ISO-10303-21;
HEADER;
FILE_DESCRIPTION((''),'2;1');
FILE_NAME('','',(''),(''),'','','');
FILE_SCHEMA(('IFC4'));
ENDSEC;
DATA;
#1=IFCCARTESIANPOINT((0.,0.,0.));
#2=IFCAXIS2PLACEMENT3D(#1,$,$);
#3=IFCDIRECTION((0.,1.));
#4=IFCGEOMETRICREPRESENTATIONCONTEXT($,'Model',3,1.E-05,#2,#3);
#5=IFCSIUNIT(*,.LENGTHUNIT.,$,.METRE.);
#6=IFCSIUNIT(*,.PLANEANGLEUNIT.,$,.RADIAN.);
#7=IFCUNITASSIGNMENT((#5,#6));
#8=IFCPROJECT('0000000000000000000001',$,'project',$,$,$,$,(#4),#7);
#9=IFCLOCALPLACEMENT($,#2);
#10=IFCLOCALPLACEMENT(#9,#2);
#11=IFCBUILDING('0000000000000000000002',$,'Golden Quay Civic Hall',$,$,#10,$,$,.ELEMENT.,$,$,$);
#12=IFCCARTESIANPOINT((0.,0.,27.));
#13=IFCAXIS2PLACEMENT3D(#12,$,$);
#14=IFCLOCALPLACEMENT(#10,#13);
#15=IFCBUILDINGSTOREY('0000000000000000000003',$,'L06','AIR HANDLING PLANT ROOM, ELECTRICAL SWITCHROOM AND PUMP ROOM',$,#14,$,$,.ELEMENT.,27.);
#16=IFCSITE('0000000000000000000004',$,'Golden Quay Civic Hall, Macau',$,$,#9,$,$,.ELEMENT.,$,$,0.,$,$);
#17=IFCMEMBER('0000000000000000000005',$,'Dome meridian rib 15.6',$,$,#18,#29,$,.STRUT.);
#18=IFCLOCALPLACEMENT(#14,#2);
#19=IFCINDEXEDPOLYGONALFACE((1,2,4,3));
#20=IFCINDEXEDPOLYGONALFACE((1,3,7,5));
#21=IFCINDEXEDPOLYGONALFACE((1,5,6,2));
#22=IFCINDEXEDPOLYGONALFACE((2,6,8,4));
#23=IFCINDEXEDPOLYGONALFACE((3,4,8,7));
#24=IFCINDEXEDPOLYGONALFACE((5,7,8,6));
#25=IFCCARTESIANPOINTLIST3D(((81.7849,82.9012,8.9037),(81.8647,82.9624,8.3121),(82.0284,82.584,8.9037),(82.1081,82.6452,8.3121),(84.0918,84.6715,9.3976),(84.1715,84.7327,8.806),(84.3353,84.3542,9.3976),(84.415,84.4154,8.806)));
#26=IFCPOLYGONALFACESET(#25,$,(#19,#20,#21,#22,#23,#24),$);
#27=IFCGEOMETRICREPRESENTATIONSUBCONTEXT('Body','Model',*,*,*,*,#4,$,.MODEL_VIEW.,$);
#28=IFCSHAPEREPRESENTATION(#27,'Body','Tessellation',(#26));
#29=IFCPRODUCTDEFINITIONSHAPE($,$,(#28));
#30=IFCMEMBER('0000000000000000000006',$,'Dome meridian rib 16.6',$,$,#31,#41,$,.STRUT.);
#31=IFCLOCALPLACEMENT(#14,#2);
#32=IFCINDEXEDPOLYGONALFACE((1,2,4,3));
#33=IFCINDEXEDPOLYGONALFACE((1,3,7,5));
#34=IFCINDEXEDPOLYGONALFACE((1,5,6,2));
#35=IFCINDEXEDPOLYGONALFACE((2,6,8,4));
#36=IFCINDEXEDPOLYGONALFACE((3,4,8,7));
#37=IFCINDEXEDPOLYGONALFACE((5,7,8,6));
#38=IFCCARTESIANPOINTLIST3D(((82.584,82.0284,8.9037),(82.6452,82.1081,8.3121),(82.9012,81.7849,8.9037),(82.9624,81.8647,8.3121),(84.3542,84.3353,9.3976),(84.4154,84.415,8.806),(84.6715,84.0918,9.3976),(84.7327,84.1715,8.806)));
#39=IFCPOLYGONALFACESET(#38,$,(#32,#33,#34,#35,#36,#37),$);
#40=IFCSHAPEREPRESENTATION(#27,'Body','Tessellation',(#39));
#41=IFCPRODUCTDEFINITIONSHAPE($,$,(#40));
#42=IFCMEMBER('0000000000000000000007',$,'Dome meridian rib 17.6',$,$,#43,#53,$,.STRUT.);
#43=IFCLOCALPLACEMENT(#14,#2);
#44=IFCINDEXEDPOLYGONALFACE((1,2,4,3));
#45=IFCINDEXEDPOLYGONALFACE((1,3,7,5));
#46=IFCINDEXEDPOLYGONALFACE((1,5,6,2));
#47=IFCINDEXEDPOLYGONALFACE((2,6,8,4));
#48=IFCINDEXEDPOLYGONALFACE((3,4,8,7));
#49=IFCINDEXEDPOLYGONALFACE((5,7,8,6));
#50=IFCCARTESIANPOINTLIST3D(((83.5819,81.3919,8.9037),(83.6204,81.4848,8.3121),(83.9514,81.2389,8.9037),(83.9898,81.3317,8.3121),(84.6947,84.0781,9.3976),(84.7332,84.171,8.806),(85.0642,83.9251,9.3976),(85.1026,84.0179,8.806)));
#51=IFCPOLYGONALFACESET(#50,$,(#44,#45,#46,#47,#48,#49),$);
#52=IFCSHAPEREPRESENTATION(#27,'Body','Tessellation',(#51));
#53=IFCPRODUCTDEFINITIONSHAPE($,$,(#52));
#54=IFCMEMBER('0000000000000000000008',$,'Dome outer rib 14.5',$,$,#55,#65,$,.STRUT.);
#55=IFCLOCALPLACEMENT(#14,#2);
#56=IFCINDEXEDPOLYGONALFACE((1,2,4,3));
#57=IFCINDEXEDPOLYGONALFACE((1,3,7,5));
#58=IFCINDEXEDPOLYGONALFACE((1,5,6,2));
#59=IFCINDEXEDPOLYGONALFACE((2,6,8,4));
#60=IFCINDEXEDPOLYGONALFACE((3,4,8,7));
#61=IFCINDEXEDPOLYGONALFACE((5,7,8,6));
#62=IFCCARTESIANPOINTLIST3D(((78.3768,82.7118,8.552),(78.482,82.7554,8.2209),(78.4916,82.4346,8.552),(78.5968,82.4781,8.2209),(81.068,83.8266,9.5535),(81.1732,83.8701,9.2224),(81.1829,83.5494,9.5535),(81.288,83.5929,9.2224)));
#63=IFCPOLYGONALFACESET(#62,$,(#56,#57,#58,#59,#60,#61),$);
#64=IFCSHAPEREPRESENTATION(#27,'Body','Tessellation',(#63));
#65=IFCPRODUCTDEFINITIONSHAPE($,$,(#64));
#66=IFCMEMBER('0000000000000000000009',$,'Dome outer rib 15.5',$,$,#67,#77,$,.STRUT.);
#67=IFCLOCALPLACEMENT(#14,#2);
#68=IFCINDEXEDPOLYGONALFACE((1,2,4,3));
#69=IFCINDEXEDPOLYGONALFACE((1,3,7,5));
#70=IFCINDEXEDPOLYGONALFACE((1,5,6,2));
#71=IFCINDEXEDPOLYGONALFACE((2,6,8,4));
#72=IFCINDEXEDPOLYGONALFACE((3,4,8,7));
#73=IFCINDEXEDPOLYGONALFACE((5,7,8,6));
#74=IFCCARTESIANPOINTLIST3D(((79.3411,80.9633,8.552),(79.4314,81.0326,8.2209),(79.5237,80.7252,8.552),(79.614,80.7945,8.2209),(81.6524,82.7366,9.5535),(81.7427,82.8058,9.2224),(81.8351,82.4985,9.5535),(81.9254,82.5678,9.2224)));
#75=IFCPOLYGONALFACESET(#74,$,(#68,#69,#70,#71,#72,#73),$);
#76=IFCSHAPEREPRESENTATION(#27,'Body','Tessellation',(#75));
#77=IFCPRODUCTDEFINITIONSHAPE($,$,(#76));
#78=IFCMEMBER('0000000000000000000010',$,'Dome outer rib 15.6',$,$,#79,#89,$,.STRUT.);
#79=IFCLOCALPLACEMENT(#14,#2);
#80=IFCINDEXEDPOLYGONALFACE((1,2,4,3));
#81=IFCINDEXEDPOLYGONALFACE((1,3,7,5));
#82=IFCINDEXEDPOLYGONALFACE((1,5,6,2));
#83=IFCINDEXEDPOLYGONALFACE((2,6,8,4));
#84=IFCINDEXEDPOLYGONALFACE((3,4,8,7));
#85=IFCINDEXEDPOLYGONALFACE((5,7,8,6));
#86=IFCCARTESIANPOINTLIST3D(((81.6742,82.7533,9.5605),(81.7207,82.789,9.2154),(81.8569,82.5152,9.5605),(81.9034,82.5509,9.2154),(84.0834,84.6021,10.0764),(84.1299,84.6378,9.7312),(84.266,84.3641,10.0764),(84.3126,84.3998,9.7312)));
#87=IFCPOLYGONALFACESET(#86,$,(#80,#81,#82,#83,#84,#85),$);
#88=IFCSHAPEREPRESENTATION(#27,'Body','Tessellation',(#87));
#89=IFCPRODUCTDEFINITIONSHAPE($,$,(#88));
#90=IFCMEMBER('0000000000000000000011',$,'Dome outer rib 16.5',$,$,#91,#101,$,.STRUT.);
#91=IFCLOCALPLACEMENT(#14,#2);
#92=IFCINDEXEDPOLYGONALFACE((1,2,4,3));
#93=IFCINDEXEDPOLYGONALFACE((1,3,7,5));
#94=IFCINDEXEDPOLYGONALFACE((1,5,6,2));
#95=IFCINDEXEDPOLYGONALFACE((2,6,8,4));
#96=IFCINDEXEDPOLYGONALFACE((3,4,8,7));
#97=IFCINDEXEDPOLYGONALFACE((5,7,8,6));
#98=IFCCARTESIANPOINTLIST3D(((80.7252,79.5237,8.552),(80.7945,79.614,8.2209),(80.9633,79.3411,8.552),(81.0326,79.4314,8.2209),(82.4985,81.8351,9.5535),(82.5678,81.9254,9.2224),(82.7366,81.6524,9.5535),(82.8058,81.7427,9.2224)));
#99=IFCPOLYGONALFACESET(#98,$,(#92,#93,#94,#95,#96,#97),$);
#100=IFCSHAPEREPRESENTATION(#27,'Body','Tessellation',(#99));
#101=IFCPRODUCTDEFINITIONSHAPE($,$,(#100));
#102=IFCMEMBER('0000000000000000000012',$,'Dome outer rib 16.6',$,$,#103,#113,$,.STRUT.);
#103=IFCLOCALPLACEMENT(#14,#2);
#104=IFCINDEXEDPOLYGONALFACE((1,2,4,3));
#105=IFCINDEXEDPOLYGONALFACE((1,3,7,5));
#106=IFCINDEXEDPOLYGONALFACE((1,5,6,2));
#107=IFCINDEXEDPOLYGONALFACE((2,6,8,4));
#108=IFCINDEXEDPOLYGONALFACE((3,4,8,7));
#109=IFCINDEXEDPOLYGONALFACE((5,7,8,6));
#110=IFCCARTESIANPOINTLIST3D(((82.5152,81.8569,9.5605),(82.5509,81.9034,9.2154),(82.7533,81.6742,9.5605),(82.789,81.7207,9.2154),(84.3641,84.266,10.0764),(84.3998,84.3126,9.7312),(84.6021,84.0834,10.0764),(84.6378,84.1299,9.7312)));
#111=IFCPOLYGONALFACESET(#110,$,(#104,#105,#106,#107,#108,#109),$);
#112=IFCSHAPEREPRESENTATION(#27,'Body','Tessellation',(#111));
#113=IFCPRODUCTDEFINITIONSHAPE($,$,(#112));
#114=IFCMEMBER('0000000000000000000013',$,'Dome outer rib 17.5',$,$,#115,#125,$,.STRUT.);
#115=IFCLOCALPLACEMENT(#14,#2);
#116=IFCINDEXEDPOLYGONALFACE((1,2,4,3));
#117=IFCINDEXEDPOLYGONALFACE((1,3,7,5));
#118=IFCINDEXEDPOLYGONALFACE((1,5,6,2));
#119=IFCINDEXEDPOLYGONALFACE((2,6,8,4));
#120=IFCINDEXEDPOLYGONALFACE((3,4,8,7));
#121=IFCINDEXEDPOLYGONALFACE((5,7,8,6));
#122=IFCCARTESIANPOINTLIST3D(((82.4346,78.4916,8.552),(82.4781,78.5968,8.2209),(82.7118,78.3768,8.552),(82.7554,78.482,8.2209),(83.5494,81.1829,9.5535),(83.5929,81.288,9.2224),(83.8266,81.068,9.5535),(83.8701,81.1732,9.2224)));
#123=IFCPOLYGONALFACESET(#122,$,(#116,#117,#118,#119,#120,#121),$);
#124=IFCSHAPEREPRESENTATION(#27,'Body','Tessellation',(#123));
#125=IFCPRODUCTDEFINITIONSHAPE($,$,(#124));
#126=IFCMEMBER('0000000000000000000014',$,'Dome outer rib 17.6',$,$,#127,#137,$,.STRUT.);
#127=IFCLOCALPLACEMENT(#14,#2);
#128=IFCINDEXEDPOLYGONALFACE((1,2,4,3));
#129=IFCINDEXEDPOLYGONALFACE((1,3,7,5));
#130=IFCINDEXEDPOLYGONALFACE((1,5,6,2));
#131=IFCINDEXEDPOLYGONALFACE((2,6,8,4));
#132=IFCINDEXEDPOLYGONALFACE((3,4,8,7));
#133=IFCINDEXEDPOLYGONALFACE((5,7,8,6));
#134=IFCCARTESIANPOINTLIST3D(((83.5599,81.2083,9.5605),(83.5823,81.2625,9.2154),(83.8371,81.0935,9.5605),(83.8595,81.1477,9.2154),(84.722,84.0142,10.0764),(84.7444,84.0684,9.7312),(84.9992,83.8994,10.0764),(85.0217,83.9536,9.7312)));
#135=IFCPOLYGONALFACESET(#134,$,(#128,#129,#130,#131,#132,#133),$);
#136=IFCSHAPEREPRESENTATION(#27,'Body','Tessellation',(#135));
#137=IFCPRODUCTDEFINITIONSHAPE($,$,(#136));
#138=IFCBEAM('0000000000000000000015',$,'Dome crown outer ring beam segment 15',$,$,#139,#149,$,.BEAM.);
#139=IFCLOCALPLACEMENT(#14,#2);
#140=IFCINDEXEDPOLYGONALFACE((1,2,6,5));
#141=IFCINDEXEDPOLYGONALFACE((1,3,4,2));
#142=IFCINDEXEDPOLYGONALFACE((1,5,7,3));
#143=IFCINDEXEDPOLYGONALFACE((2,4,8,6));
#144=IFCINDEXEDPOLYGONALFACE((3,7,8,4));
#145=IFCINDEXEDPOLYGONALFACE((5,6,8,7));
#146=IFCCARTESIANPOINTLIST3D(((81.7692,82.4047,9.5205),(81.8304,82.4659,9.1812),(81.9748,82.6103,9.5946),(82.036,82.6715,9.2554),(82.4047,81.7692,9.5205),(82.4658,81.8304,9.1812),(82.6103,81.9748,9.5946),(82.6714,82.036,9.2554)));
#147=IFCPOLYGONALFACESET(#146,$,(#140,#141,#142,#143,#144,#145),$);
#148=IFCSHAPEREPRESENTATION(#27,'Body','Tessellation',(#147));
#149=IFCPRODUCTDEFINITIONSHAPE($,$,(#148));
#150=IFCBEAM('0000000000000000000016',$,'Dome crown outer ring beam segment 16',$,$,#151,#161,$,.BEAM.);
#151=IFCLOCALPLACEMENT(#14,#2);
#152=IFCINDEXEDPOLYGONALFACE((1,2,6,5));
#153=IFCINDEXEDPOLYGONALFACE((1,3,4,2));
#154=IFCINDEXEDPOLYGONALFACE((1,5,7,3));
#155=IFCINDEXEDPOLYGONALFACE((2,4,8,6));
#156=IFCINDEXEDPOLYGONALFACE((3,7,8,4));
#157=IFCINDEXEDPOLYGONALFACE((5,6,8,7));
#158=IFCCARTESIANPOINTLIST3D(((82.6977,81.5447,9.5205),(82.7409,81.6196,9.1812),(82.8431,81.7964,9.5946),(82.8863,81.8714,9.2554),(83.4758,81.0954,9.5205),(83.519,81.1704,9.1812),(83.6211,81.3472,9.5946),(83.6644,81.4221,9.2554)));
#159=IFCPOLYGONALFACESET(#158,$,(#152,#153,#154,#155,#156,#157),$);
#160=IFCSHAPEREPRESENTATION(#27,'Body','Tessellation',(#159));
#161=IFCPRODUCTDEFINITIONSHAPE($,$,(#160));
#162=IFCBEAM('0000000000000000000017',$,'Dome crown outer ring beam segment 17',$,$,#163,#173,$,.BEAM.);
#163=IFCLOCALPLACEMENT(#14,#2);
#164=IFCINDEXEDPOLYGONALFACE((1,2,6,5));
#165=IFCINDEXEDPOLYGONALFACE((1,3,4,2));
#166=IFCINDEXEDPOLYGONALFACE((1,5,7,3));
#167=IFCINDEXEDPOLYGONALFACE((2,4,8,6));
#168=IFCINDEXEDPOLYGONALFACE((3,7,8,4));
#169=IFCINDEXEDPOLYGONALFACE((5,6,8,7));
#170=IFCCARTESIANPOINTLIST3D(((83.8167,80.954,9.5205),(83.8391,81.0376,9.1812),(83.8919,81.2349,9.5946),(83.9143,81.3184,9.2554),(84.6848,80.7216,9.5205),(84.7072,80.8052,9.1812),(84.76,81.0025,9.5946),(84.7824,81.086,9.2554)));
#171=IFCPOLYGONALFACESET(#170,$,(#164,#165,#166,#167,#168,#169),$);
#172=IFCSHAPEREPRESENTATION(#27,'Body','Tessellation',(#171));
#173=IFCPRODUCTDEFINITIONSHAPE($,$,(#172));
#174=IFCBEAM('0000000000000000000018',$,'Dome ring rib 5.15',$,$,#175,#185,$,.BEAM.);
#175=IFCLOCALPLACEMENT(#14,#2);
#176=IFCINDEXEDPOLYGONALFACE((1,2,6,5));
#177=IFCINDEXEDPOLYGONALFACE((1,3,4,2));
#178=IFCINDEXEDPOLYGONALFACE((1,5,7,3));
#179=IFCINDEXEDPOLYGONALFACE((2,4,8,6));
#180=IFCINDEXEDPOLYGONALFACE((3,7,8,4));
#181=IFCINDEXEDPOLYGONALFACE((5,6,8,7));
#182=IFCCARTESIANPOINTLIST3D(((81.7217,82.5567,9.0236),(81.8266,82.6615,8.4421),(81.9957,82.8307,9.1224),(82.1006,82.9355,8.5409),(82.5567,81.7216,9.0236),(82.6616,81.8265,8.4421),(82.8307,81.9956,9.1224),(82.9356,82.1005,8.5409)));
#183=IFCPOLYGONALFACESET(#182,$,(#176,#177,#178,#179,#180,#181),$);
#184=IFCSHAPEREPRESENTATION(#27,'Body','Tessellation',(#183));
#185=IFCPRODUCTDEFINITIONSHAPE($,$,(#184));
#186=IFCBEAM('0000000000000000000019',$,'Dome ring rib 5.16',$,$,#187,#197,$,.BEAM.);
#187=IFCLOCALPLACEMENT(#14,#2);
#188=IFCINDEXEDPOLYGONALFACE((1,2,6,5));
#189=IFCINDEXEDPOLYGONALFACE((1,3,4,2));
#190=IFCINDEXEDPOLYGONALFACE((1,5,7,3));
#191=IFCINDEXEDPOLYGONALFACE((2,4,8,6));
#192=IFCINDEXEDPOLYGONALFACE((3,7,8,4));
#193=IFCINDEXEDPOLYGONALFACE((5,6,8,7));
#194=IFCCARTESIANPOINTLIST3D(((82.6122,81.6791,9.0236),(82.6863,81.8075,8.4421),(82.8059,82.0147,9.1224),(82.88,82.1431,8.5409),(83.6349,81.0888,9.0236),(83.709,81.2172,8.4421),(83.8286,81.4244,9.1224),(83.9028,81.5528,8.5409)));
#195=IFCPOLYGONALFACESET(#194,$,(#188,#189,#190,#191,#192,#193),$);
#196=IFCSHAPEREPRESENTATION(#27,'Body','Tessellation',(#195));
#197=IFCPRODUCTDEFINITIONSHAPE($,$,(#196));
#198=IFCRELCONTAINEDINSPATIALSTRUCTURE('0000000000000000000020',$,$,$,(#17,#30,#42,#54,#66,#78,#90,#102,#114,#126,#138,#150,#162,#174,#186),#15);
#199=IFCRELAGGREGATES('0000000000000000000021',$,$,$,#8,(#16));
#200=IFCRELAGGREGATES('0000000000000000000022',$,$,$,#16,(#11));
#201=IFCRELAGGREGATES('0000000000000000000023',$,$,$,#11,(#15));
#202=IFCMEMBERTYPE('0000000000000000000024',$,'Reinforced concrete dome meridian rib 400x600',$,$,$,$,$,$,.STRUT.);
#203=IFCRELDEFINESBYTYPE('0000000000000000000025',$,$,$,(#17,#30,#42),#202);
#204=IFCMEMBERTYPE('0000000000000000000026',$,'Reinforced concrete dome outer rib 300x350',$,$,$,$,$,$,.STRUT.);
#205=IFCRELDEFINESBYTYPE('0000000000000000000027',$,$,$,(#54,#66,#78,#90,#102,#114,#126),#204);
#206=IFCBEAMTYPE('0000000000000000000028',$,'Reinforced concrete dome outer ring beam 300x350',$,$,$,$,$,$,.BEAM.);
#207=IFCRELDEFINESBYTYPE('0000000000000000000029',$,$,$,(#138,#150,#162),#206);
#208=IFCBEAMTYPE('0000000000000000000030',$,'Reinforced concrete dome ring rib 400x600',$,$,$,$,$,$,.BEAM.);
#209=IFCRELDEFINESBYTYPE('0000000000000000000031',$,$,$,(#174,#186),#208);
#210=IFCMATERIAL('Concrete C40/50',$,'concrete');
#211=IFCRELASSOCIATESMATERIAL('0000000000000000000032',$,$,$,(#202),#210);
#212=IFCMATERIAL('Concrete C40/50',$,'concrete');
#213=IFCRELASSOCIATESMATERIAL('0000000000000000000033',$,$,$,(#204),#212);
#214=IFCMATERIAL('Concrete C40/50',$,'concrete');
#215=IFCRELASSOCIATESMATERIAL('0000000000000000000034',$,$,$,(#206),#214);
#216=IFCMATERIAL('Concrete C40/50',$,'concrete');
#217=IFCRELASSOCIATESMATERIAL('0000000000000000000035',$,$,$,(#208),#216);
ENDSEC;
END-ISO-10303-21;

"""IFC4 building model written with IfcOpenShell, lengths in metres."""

from ifc_helpers import new_model, si_unit, direction, frame, origin, origin_2d, place, context, subcontext, project, spatial, rectangle, extrude, material, material_profile, profile_set, type_object, element, save


model = new_model("IFC4")

# Units and contexts
model_context = context("Model", 3, precision=1e-05, world=origin(), true_north=direction((0.0, 1.0)))
body_context = subcontext(model_context, "Body", "Model", "MODEL_VIEW")
ifc_project = project(units=[si_unit("LENGTHUNIT", "METRE"), si_unit("PLANEANGLEUNIT", "RADIAN")], contexts=[model_context])

# Site, building, storey
site_placement = place(None, origin())
site = spatial("IfcSite", under=ifc_project, at=site_placement, Name="Golden Quay Civic Hall, Macau", CompositionType="ELEMENT", RefElevation=0.0)
building_placement = place(site_placement, origin())
building = spatial("IfcBuilding", under=site, at=building_placement, Name="Golden Quay Civic Hall", CompositionType="ELEMENT")
storey_placement = place(building_placement, frame((0.0, 0.0, 27.0)))
storey = spatial("IfcBuildingStorey", under=building, at=storey_placement, Name="L06", Description="AIR HANDLING PLANT ROOM, ELECTRICAL SWITCHROOM AND PUMP ROOM", CompositionType="ELEMENT", Elevation=27.0)

# Members
ifc_material_1 = material(Name="Concrete C40/50", Category="concrete")
ifc_material_profile_1 = material_profile(ifc_material_1, rectangle(XDim=0.3999, YDim=0.6001, at=origin_2d()), Name="RC 400x600")
ifc_profile_set_1 = profile_set([ifc_material_profile_1], Name="Concrete C40/50")
member_type_1 = type_object("IfcMemberType", Name="Reinforced concrete dome meridian rib 400x600", PredefinedType="STRUT", material=ifc_profile_set_1)
for number, where, z_axis, x_axis, name in (
    (1, (81.9465, 82.7732, 8.6079), (0.78213, 0.600193, 0.167452), (-0.608789, 0.793332, 0.0), "Dome meridian rib 15.6"),
    (2, (82.7732, 81.9465, 8.6079), (0.600193, 0.78213, 0.167452), (-0.793332, 0.608789, 0.0), "Dome meridian rib 16.6"),
):
    element("IfcMember", number, at=place(storey_placement, frame(where, z_axis=z_axis, x_axis=x_axis)), inside=storey, type_object=member_type_1, Name=name, PredefinedType="STRUT", context=body_context, shape_type="SweptSolid", body=[
        extrude(rectangle(XDim=0.3999, YDim=0.6001, at=origin_2d()), origin(), (0.0, 0.0, 1.0), 2.9495),
    ])
member_1_placement = place(storey_placement, frame((83.7859, 81.3618, 8.6079), z_axis=(0.377308, 0.910821, 0.167463), x_axis=(-0.923867, 0.382713, 0.0)))
element("IfcMember", 3, at=member_1_placement, inside=storey, type_object=member_type_1, Name="Dome meridian rib 17.6", PredefinedType="STRUT", context=body_context, shape_type="SweptSolid", body=[
    extrude(rectangle(XDim=0.3999, YDim=0.6001, at=origin_2d()), origin(), (0.0, 0.0, 1.0), 2.9492),
])
ifc_material_2 = material(Name="Concrete C40/50", Category="concrete")
ifc_material_profile_2 = material_profile(ifc_material_2, rectangle(XDim=0.3, YDim=0.3501, at=origin_2d()), Name="RC 300x350")
ifc_profile_set_2 = profile_set([ifc_material_profile_2], Name="Concrete C40/50")
member_type_2 = type_object("IfcMemberType", Name="Reinforced concrete dome outer rib 300x350", PredefinedType="STRUT", material=ifc_profile_set_2)
member_2_placement = place(storey_placement, frame((78.4868, 82.595, 8.3865), z_axis=(0.873683, 0.361901, 0.325124), x_axis=(-0.382692, 0.923876, 0.0)))
element("IfcMember", 4, at=member_2_placement, inside=storey, type_object=member_type_2, Name="Dome outer rib 14.5", PredefinedType="STRUT", context=body_context, shape_type="SweptSolid", body=[
    extrude(rectangle(XDim=0.3, YDim=0.3501, at=origin_2d()), origin(), (0.0, 0.0, 1.0), 3.0803),
])
member_3_placement = place(storey_placement, frame((79.4775, 80.8789, 8.3865), z_axis=(0.750306, 0.575628, 0.325104), x_axis=(-0.608694, 0.793405, 0.0)))
element("IfcMember", 5, at=member_3_placement, inside=storey, type_object=member_type_2, Name="Dome outer rib 15.5", PredefinedType="STRUT", context=body_context, shape_type="SweptSolid", body=[
    extrude(rectangle(XDim=0.3, YDim=0.3501, at=origin_2d()), origin(), (0.0, 0.0, 1.0), 3.0806),
])
member_4_placement = place(storey_placement, frame((81.7888, 82.6521, 9.3879), z_axis=(0.78211, 0.600215, 0.16747), x_axis=(-0.608813, 0.793314, 0.0)))
element("IfcMember", 6, at=member_4_placement, inside=storey, type_object=member_type_2, Name="Dome outer rib 15.6", PredefinedType="STRUT", context=body_context, shape_type="SweptSolid", body=[
    extrude(rectangle(XDim=0.3, YDim=0.3501, at=origin_2d()), origin(), (0.0, 0.0, 1.0), 3.0803),
])
member_5_placement = place(storey_placement, frame((80.8789, 79.4775, 8.3865), z_axis=(0.575628, 0.750306, 0.325104), x_axis=(-0.793405, 0.608694, 0.0)))
element("IfcMember", 7, at=member_5_placement, inside=storey, type_object=member_type_2, Name="Dome outer rib 16.5", PredefinedType="STRUT", context=body_context, shape_type="SweptSolid", body=[
    extrude(rectangle(XDim=0.3, YDim=0.3501, at=origin_2d()), origin(), (0.0, 0.0, 1.0), 3.0806),
])
for number, where, z_axis, x_axis, name in (
    (8, (82.6521, 81.7888, 9.3879), (0.600215, 0.78211, 0.16747), (-0.793314, 0.608813, 0.0), "Dome outer rib 16.6"),
    (9, (82.595, 78.4868, 8.3865), (0.361901, 0.873683, 0.325124), (-0.923876, 0.382692, 0.0), "Dome outer rib 17.5"),
):
    element("IfcMember", number, at=place(storey_placement, frame(where, z_axis=z_axis, x_axis=x_axis)), inside=storey, type_object=member_type_2, Name=name, PredefinedType="STRUT", context=body_context, shape_type="SweptSolid", body=[
        extrude(rectangle(XDim=0.3, YDim=0.3501, at=origin_2d()), origin(), (0.0, 0.0, 1.0), 3.0803),
    ])
member_6_placement = place(storey_placement, frame((83.7097, 81.178, 9.3879), z_axis=(0.377242, 0.910849, 0.167461), x_axis=(-0.923895, 0.382645, 0.0)))
element("IfcMember", 10, at=member_6_placement, inside=storey, type_object=member_type_2, Name="Dome outer rib 17.6", PredefinedType="STRUT", context=body_context, shape_type="SweptSolid", body=[
    extrude(rectangle(XDim=0.3, YDim=0.3501, at=origin_2d()), origin(), (0.0, 0.0, 1.0), 3.0806),
])

# Beams
ifc_material_3 = material(Name="Concrete C40/50", Category="concrete")
ifc_material_profile_3 = material_profile(ifc_material_3, rectangle(XDim=0.3, YDim=0.3501, at=origin_2d()), Name="RC 300x350")
ifc_profile_set_3 = profile_set([ifc_material_profile_3], Name="Concrete C40/50")
beam_type_1 = type_object("IfcBeamType", Name="Reinforced concrete dome outer ring beam 300x350", PredefinedType="BEAM", material=ifc_profile_set_3)
beam_1_placement = place(storey_placement, frame((81.9026, 82.5381, 9.3879), z_axis=(0.707107, -0.707107, 0.0), x_axis=(0.685181, 0.685181, 0.247094)))
element("IfcBeam", 11, at=beam_1_placement, inside=storey, type_object=beam_type_1, Name="Dome crown outer ring beam segment 15", PredefinedType="BEAM", context=body_context, shape_type="SweptSolid", body=[
    extrude(rectangle(XDim=0.3, YDim=0.3501, at=origin_2d()), origin(), (0.0, 0.0, 1.0), 0.8987),
])
beam_2_placement = place(storey_placement, frame((82.792, 81.708, 9.3879), z_axis=(0.866027, -0.499997, 0.0), x_axis=(0.484493, 0.839173, 0.247094)))
element("IfcBeam", 12, at=beam_2_placement, inside=storey, type_object=beam_type_1, Name="Dome crown outer ring beam segment 16", PredefinedType="BEAM", context=body_context, shape_type="SweptSolid", body=[
    extrude(rectangle(XDim=0.3, YDim=0.3501, at=origin_2d()), origin(), (0.0, 0.0, 1.0), 0.8984),
])
beam_3_placement = place(storey_placement, frame((83.8655, 81.1362, 9.3879), z_axis=(0.965982, -0.258609, 0.0), x_axis=(0.25059, 0.936028, 0.247094)))
element("IfcBeam", 13, at=beam_3_placement, inside=storey, type_object=beam_type_1, Name="Dome crown outer ring beam segment 17", PredefinedType="BEAM", context=body_context, shape_type="SweptSolid", body=[
    extrude(rectangle(XDim=0.3, YDim=0.3501, at=origin_2d()), origin(), (0.0, 0.0, 1.0), 0.8987),
])
ifc_material_4 = material(Name="Concrete C40/50", Category="concrete")
ifc_material_profile_4 = material_profile(ifc_material_4, rectangle(XDim=0.3999, YDim=0.6001, at=origin_2d()), Name="RC 400x600")
ifc_profile_set_4 = profile_set([ifc_material_profile_4], Name="Concrete C40/50")
beam_type_2 = type_object("IfcBeamType", Name="Reinforced concrete dome ring rib 400x600", PredefinedType="BEAM", material=ifc_profile_set_4)
for number, where, z_axis, x_axis, name in (
    (14, (81.9111, 82.7461, 8.7822), (0.707107, -0.707107, 0.0), (0.685181, 0.685181, 0.247094), "Dome ring rib 5.15"),
    (15, (82.7461, 81.9111, 8.7822), (0.866072, -0.499919, 0.0), (0.484418, 0.839216, 0.247094), "Dome ring rib 5.16"),
):
    element("IfcBeam", number, at=place(storey_placement, frame(where, z_axis=z_axis, x_axis=x_axis)), inside=storey, type_object=beam_type_2, Name=name, PredefinedType="BEAM", context=body_context, shape_type="SweptSolid", body=[
        extrude(rectangle(XDim=0.3999, YDim=0.6001, at=origin_2d()), origin(), (0.0, 0.0, 1.0), 1.1809),
    ])

save(model, "model.ifc")
